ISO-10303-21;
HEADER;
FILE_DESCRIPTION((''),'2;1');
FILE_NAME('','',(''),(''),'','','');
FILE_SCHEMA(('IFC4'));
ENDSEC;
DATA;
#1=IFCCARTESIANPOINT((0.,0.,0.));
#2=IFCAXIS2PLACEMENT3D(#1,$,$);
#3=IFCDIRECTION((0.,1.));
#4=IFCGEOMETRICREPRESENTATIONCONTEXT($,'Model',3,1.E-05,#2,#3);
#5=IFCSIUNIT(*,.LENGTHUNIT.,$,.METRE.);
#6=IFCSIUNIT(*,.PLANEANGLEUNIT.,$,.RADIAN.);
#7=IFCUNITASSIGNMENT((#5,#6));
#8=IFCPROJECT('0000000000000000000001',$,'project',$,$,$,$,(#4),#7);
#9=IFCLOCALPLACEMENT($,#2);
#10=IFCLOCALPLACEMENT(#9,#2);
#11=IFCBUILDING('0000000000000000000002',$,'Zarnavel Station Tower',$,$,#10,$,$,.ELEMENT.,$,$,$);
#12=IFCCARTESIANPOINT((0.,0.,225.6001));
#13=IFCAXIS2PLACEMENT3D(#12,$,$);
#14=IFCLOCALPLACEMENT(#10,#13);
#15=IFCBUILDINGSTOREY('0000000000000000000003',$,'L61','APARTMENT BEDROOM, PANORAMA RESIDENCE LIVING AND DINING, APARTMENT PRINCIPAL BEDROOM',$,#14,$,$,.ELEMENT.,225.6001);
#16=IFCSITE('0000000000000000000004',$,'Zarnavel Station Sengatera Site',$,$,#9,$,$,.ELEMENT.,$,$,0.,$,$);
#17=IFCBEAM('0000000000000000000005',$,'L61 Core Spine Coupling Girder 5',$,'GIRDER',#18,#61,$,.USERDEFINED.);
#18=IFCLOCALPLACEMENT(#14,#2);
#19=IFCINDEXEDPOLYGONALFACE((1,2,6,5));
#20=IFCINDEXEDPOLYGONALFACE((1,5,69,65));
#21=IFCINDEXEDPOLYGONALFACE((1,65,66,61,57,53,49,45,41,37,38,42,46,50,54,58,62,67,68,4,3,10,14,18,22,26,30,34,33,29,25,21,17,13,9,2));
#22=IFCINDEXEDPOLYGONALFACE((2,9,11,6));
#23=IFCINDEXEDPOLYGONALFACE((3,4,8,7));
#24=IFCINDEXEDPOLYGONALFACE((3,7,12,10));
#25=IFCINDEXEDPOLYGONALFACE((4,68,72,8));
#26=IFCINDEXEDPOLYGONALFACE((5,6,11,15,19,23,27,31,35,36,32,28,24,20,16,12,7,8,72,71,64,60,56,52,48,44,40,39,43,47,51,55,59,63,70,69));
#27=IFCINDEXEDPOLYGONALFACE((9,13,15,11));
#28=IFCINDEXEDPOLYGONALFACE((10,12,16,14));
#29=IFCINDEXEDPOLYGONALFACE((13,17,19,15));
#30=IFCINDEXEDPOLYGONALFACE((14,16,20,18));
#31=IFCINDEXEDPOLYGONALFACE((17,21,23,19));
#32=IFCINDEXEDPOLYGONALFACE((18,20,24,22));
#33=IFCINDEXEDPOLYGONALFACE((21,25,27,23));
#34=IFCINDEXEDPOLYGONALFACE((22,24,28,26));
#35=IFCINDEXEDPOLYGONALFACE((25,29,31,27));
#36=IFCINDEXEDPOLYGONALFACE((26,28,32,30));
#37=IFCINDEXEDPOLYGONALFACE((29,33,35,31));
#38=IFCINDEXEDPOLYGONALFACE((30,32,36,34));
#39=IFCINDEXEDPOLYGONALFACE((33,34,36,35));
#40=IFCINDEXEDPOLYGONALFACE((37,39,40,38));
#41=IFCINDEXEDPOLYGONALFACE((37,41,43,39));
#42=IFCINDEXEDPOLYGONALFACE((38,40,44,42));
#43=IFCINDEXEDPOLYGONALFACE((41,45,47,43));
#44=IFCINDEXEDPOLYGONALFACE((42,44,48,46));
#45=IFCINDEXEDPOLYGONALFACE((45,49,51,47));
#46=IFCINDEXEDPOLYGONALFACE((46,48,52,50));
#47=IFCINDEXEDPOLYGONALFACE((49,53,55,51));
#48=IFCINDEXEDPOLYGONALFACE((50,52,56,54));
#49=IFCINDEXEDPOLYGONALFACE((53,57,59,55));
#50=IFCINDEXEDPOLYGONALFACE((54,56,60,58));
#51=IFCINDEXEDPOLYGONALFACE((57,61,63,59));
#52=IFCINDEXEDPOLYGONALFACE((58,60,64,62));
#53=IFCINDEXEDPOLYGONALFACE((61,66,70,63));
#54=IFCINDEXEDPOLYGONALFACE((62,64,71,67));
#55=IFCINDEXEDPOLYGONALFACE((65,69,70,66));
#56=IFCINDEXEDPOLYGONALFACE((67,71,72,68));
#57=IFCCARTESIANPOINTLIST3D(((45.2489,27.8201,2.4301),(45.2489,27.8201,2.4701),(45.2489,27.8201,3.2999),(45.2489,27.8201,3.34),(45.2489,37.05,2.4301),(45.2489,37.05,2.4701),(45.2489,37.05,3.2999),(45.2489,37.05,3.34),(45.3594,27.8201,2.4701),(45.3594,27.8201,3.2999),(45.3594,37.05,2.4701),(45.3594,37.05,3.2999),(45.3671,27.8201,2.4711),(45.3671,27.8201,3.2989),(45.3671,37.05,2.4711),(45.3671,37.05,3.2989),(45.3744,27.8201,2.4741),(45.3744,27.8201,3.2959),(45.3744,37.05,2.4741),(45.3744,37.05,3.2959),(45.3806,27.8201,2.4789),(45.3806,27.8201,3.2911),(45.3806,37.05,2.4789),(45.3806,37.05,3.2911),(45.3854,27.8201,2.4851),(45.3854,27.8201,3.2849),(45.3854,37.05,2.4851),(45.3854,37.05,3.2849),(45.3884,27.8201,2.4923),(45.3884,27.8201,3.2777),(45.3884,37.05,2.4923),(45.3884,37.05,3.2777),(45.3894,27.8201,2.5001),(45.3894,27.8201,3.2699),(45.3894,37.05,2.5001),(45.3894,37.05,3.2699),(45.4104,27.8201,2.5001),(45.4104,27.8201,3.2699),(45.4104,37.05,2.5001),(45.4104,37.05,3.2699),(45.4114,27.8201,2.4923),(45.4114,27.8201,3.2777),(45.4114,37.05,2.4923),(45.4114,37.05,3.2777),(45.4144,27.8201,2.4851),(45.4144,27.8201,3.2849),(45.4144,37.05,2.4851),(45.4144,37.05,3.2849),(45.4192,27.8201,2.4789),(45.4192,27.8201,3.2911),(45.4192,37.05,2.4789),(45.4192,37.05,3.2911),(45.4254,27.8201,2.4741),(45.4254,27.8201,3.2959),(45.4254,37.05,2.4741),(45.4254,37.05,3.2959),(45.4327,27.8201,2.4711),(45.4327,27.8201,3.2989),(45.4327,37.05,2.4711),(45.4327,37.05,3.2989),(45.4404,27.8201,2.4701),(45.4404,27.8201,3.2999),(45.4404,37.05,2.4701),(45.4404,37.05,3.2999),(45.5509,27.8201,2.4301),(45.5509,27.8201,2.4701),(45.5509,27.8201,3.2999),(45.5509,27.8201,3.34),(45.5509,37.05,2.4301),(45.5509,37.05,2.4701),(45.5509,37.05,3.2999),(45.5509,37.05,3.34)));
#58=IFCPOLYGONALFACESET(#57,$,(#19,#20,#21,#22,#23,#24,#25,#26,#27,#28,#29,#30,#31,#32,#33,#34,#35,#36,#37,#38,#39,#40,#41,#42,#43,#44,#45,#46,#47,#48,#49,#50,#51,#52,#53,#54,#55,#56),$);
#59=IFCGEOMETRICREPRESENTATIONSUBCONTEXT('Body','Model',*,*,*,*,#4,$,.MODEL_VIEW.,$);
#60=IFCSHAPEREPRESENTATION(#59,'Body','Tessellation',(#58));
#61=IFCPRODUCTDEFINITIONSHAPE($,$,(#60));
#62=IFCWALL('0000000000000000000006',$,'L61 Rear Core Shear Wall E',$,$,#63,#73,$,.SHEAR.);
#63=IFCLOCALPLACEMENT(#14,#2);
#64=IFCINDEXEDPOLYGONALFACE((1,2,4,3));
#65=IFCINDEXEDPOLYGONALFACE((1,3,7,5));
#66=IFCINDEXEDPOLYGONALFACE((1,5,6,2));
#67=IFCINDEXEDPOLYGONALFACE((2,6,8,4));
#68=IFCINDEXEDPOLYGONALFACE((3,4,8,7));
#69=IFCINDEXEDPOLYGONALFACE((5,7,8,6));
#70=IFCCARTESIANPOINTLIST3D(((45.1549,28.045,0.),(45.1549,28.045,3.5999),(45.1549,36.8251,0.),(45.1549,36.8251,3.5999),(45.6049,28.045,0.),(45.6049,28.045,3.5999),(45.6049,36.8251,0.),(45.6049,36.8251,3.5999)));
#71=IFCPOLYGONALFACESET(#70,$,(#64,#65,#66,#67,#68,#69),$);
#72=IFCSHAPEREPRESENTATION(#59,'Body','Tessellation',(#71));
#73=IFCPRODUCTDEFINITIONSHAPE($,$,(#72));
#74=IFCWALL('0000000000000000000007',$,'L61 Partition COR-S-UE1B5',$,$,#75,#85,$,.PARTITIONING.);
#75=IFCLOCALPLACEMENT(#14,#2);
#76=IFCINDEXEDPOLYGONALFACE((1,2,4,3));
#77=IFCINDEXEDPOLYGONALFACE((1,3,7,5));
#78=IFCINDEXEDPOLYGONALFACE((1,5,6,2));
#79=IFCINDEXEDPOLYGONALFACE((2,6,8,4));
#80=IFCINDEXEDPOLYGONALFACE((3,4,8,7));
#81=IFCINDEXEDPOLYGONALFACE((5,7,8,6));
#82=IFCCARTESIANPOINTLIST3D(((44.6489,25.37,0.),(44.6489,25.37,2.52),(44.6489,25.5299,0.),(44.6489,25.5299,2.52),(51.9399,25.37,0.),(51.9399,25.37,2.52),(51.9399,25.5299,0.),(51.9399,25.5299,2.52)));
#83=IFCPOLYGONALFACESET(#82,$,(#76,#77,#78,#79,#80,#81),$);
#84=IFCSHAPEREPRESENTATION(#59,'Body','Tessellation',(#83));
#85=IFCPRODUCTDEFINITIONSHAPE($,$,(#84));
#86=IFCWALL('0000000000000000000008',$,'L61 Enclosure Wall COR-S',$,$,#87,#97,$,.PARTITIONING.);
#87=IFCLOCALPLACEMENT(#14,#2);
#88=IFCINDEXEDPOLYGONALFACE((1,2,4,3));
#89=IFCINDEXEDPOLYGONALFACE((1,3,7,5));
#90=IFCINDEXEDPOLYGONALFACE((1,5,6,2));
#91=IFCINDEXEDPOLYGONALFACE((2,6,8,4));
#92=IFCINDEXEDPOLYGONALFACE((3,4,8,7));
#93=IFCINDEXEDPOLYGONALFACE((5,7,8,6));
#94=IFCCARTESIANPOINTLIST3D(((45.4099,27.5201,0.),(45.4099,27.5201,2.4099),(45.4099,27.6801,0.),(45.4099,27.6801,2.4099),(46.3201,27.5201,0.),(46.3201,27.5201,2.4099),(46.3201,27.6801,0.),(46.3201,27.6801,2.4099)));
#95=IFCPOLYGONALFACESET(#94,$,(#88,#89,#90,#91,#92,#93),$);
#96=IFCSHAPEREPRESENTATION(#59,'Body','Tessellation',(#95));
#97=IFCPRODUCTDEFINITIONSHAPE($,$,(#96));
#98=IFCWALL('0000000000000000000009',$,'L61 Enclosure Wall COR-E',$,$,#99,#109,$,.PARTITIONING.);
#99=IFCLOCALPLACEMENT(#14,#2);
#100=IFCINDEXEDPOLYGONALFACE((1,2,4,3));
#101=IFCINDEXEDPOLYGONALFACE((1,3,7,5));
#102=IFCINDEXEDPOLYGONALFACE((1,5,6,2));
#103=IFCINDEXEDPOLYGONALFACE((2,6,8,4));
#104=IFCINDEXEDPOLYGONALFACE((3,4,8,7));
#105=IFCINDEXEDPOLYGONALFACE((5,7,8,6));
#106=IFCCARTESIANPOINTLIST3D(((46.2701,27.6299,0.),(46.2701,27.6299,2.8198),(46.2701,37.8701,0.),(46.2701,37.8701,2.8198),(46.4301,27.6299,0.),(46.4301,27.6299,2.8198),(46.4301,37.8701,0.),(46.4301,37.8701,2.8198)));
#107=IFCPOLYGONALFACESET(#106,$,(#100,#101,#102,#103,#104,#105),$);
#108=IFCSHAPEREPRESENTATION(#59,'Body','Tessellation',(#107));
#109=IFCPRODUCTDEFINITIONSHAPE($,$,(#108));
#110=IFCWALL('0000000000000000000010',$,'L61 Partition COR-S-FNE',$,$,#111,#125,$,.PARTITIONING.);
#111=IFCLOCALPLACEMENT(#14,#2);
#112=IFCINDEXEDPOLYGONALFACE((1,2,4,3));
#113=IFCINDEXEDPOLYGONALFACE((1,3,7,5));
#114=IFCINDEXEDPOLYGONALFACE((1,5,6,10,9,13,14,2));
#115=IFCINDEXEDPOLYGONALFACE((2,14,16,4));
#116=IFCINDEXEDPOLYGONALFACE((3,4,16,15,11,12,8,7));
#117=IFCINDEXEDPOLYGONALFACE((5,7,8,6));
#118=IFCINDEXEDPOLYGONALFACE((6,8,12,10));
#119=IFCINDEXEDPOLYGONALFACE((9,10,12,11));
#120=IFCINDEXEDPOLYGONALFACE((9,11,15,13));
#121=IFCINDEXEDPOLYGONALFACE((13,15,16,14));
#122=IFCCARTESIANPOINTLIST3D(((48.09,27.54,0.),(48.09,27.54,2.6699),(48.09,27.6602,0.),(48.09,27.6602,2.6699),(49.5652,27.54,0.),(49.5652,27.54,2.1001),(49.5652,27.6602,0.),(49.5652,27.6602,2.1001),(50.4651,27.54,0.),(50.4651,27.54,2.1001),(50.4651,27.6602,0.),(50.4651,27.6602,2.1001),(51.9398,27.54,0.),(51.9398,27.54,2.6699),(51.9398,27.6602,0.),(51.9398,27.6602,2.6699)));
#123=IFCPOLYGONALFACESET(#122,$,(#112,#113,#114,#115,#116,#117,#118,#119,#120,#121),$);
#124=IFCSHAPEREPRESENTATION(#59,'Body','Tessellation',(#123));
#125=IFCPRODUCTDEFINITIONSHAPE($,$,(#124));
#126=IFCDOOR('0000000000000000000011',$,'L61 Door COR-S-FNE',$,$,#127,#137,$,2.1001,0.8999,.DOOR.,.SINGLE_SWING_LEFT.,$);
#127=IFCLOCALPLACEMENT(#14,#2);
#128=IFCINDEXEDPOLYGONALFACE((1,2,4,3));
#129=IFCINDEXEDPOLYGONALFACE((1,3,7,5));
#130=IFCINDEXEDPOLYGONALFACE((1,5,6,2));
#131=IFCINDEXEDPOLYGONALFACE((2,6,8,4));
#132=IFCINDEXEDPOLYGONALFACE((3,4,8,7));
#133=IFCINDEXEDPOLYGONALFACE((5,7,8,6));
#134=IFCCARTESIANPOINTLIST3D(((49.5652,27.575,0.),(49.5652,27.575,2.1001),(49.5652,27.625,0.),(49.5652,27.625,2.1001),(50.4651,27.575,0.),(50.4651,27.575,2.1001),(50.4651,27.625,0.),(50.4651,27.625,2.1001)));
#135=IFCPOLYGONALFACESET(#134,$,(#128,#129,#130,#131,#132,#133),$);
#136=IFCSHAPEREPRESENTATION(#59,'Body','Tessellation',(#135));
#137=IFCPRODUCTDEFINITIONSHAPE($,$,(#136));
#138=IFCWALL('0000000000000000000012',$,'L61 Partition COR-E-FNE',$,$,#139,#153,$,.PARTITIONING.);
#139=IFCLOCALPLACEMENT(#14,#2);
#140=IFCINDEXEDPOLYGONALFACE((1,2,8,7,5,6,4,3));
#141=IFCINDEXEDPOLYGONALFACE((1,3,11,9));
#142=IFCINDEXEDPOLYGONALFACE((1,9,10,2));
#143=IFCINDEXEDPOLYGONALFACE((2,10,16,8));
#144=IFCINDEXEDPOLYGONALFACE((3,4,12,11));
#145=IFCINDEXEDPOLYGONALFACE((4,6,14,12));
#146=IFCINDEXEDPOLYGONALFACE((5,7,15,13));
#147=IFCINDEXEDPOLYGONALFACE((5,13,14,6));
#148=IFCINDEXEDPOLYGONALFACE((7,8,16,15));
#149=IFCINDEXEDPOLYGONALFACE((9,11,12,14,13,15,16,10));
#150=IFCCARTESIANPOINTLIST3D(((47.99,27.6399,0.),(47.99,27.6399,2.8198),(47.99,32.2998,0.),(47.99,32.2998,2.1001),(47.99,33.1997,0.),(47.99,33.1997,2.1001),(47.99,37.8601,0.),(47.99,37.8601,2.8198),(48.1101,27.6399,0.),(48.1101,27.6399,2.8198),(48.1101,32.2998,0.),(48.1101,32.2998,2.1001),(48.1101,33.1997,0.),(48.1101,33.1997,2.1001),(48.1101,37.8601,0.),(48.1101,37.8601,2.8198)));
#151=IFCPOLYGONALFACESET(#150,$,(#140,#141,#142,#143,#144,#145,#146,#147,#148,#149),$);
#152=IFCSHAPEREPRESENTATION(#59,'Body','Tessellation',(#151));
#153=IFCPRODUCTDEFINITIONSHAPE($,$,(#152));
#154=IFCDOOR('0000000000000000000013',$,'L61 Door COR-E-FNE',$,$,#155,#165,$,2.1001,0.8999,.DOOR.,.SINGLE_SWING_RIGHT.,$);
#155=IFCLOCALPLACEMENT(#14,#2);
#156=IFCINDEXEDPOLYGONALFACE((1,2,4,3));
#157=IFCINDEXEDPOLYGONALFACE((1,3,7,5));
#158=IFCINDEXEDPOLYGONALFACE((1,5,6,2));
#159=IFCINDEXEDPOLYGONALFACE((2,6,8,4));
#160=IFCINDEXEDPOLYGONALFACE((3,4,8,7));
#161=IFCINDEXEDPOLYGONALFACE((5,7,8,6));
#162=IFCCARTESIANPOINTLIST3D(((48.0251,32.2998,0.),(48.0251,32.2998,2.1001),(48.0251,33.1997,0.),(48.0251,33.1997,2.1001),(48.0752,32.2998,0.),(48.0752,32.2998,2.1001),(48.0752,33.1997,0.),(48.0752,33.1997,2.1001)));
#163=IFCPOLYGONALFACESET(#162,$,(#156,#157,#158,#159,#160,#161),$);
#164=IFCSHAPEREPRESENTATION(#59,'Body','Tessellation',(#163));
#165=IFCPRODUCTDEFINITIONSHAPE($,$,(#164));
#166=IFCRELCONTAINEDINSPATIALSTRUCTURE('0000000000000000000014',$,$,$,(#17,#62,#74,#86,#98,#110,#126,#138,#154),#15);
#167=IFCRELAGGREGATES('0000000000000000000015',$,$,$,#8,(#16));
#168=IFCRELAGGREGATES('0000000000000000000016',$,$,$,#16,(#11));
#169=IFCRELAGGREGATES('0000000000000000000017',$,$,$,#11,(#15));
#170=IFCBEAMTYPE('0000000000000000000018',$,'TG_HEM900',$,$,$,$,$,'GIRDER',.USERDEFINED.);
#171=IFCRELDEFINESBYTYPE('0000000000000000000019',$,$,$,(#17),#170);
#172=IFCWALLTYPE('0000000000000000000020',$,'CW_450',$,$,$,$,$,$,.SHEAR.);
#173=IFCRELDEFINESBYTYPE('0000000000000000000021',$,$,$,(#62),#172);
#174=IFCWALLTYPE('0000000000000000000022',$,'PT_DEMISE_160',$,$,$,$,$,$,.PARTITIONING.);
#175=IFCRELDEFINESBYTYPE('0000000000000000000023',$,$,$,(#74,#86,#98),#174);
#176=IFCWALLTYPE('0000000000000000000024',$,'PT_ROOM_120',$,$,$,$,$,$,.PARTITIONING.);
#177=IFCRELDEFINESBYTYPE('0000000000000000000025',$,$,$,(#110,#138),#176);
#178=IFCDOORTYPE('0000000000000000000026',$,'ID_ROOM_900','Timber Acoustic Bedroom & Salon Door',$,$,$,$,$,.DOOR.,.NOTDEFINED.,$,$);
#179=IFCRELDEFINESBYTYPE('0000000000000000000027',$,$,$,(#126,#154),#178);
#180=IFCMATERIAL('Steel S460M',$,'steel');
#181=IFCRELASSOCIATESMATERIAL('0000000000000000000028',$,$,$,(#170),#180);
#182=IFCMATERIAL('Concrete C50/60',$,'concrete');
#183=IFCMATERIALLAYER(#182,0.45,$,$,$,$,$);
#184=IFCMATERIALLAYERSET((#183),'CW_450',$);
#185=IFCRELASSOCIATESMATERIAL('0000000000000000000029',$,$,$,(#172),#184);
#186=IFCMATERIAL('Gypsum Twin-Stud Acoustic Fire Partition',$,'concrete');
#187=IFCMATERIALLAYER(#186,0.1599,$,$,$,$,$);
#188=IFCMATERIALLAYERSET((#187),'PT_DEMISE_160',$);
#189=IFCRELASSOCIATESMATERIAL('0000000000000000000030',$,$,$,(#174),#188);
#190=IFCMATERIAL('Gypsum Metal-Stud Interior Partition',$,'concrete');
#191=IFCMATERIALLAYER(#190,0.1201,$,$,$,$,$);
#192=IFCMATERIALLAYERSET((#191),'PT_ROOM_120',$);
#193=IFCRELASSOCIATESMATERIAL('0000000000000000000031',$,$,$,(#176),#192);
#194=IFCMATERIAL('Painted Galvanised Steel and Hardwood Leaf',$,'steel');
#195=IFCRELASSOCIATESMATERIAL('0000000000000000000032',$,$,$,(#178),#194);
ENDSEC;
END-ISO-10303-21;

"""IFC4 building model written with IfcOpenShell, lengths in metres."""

from ifc_helpers import new_model, si_unit, direction, frame, frame_2d, origin, origin_2d, place, context, subcontext, project, spatial, rectangle, i_section, extrude, material, layer, layer_set, material_profile, profile_set, type_object, element, fill, save


model = new_model("IFC4")

# Units and contexts
model_context = context("Model", 3, precision=1e-05, world=origin(), true_north=direction((0.0, 1.0)))
body_context = subcontext(model_context, "Body", "Model", "MODEL_VIEW")
ifc_project = project(units=[si_unit("LENGTHUNIT", "METRE"), si_unit("PLANEANGLEUNIT", "RADIAN")], contexts=[model_context])

# Site, building, storey
site_placement = place(None, origin())
site = spatial("IfcSite", under=ifc_project, at=site_placement, Name="Zarnavel Station Sengatera Site", CompositionType="ELEMENT", RefElevation=0.0)
building_placement = place(site_placement, origin())
building = spatial("IfcBuilding", under=site, at=building_placement, Name="Zarnavel Station Tower", CompositionType="ELEMENT")
storey_placement = place(building_placement, frame((0.0, 0.0, 225.6001)))
storey = spatial("IfcBuildingStorey", under=building, at=storey_placement, Name="L61", Description="APARTMENT BEDROOM, PANORAMA RESIDENCE LIVING AND DINING, APARTMENT PRINCIPAL BEDROOM", CompositionType="ELEMENT", Elevation=225.6001)

# Beam
ifc_material_1 = material(Name="Steel S460M", Category="steel")
ifc_material_profile_1 = material_profile(ifc_material_1, i_section(OverallWidth=0.302, OverallDepth=0.9099, WebThickness=0.021, FlangeThickness=0.04, FilletRadius=0.03, at=origin_2d()), Name="HEM900")
ifc_profile_set_1 = profile_set([ifc_material_profile_1], Name="Steel S460M")
beam_type_1 = type_object("IfcBeamType", Name="TG_HEM900", ElementType="GIRDER", PredefinedType="USERDEFINED", material=ifc_profile_set_1)
beam_1_placement = place(storey_placement, frame((45.3999, 27.8201, 2.885), z_axis=(0.0, 1.0, 0.0), x_axis=(-1.0, 0.0, 0.0)))
element("IfcBeam", 1, at=beam_1_placement, inside=storey, type_object=beam_type_1, Name="L61 Core Spine Coupling Girder 5", ObjectType="GIRDER", PredefinedType="USERDEFINED", context=body_context, shape_type="SweptSolid", body=[
    extrude(i_section(OverallWidth=0.302, OverallDepth=0.9099, WebThickness=0.021, FlangeThickness=0.04, FilletRadius=0.03, at=origin_2d()), origin(), (0.0, 0.0, 1.0), 9.23),
])

# Shared definitions
ifc_material_2 = material(Name="Concrete C50/60", Category="concrete")
ifc_layer_1 = layer(ifc_material_2, 0.45)
ifc_layer_set_1 = layer_set([ifc_layer_1], Name="CW_450")
wall_type_1 = type_object("IfcWallType", Name="CW_450", PredefinedType="SHEAR", material=ifc_layer_set_1)

# Wall
wall_1_placement = place(storey_placement, frame((45.3799, 28.0449, 0.0), z_axis=(0.0, 0.0, 1.0), x_axis=(0.0, 1.0, 0.0)))
element("IfcWall", 2, at=wall_1_placement, inside=storey, type_object=wall_type_1, Name="L61 Rear Core Shear Wall E", PredefinedType="SHEAR", context=body_context, shape_type="SweptSolid", body=[
    extrude(rectangle(XDim=8.78, YDim=0.45, at=frame_2d((4.3901, 0.0))), origin(), (0.0, 0.0, 1.0), 3.5999),
])

# Shared definitions
ifc_material_3 = material(Name="Gypsum Twin-Stud Acoustic Fire Partition", Category="concrete")
ifc_layer_2 = layer(ifc_material_3, 0.1599)
ifc_layer_set_2 = layer_set([ifc_layer_2], Name="PT_DEMISE_160")
wall_type_2 = type_object("IfcWallType", Name="PT_DEMISE_160", PredefinedType="PARTITIONING", material=ifc_layer_set_2)

# Walls
wall_2_placement = place(storey_placement, frame((44.6489, 25.45, 0.0), z_axis=(0.0, 0.0, 1.0), x_axis=(1.0, 0.0, 0.0)))
element("IfcWall", 3, at=wall_2_placement, inside=storey, type_object=wall_type_2, Name="L61 Partition COR-S-UE1B5", PredefinedType="PARTITIONING", context=body_context, shape_type="SweptSolid", body=[
    extrude(rectangle(XDim=7.291, YDim=0.1599, at=frame_2d((3.6455, 0.0))), origin(), (0.0, 0.0, 1.0), 2.52),
])
wall_3_placement = place(storey_placement, frame((45.4099, 27.6001, 0.0), z_axis=(0.0, 0.0, 1.0), x_axis=(1.0, 0.0, 0.0)))
element("IfcWall", 4, at=wall_3_placement, inside=storey, type_object=wall_type_2, Name="L61 Enclosure Wall COR-S", PredefinedType="PARTITIONING", context=body_context, shape_type="SweptSolid", body=[
    extrude(rectangle(XDim=0.9102, YDim=0.1599, at=frame_2d((0.4551, 0.0))), origin(), (0.0, 0.0, 1.0), 2.4099),
])
wall_4_placement = place(storey_placement, frame((46.3501, 27.6299, 0.0), z_axis=(0.0, 0.0, 1.0), x_axis=(0.0, 1.0, 0.0)))
element("IfcWall", 5, at=wall_4_placement, inside=storey, type_object=wall_type_2, Name="L61 Enclosure Wall COR-E", PredefinedType="PARTITIONING", context=body_context, shape_type="SweptSolid", body=[
    extrude(rectangle(XDim=10.2402, YDim=0.1599, at=frame_2d((5.1201, 0.0))), origin(), (0.0, 0.0, 1.0), 2.8198),
])

# Walls, openings, doors
ifc_material_4 = material(Name="Gypsum Metal-Stud Interior Partition", Category="concrete")
ifc_layer_3 = layer(ifc_material_4, 0.1201)
ifc_layer_set_3 = layer_set([ifc_layer_3], Name="PT_ROOM_120")
wall_type_3 = type_object("IfcWallType", Name="PT_ROOM_120", PredefinedType="PARTITIONING", material=ifc_layer_set_3)
wall_5_placement = place(storey_placement, frame((48.0901, 27.6001, 0.0), z_axis=(0.0, 0.0, 1.0), x_axis=(1.0, 0.0, 0.0)))
wall_5 = element("IfcWall", 6, at=wall_5_placement, inside=storey, type_object=wall_type_3, Name="L61 Partition COR-S-FNE", PredefinedType="PARTITIONING", context=body_context, shape_type="SweptSolid", body=[
    extrude(rectangle(XDim=3.8499, YDim=0.1201, at=frame_2d((1.9248, 0.0))), origin(), (0.0, 0.0, 1.0), 2.6699),
])
opening_1_placement = place(wall_5_placement, frame((1.4751, 0.0, 0.0)))
opening_1 = element("IfcOpeningElement", 7, at=opening_1_placement, cuts=wall_5, PredefinedType="OPENING", context=body_context, shape_type="SweptSolid", body=[
    extrude(rectangle(XDim=0.8999, YDim=2.1001, at=frame_2d((0.45, 1.05))), frame((0.0, 0.0701, 0.0), z_axis=(0.0, -1.0, 0.0), x_axis=(1.0, 0.0, 0.0)), (0.0, 0.0, 1.0), 0.1401),
])
ifc_material_5 = material(Name="Painted Galvanised Steel and Hardwood Leaf", Category="steel")
door_type_1 = type_object("IfcDoorType", Name="ID_ROOM_900", Description="Timber Acoustic Bedroom & Salon Door", OperationType="NOTDEFINED", PredefinedType="DOOR", material=ifc_material_5)
door_1_placement = place(opening_1_placement, origin())
door_1 = element("IfcDoor", 8, at=door_1_placement, inside=storey, type_object=door_type_1, Name="L61 Door COR-S-FNE", OperationType="SINGLE_SWING_LEFT", OverallHeight=2.1001, OverallWidth=0.8999, PredefinedType="DOOR", context=body_context, shape_type="SweptSolid", body=[
    extrude(rectangle(XDim=0.8999, YDim=2.1001, at=frame_2d((0.45, 1.05))), frame((0.0, 0.0249, 0.0), z_axis=(0.0, -1.0, 0.0), x_axis=(1.0, 0.0, 0.0)), (0.0, 0.0, 1.0), 0.05),
])
fill(opening_1, door_1)
wall_6_placement = place(storey_placement, frame((48.05, 27.6399, 0.0), z_axis=(0.0, 0.0, 1.0), x_axis=(0.0, 1.0, 0.0)))
wall_6 = element("IfcWall", 9, at=wall_6_placement, inside=storey, type_object=wall_type_3, Name="L61 Partition COR-E-FNE", PredefinedType="PARTITIONING", context=body_context, shape_type="SweptSolid", body=[
    extrude(rectangle(XDim=10.2202, YDim=0.1201, at=frame_2d((5.1101, 0.0))), origin(), (0.0, 0.0, 1.0), 2.8198),
])
opening_2_placement = place(wall_6_placement, frame((4.6599, 0.0, 0.0)))
opening_2 = element("IfcOpeningElement", 10, at=opening_2_placement, cuts=wall_6, PredefinedType="OPENING", context=body_context, shape_type="SweptSolid", body=[
    extrude(rectangle(XDim=0.8999, YDim=2.1001, at=frame_2d((0.45, 1.05))), frame((0.0, 0.0701, 0.0), z_axis=(0.0, -1.0, 0.0), x_axis=(1.0, 0.0, 0.0)), (0.0, 0.0, 1.0), 0.1401),
])
door_2_placement = place(opening_2_placement, origin())
door_2 = element("IfcDoor", 11, at=door_2_placement, inside=storey, type_object=door_type_1, Name="L61 Door COR-E-FNE", OperationType="SINGLE_SWING_RIGHT", OverallHeight=2.1001, OverallWidth=0.8999, PredefinedType="DOOR", context=body_context, shape_type="SweptSolid", body=[
    extrude(rectangle(XDim=0.8999, YDim=2.1001, at=frame_2d((0.45, 1.05))), frame((0.0, 0.0249, 0.0), z_axis=(0.0, -1.0, 0.0), x_axis=(1.0, 0.0, 0.0)), (0.0, 0.0, 1.0), 0.05),
])
fill(opening_2, door_2)

save(model, "model.ifc")
